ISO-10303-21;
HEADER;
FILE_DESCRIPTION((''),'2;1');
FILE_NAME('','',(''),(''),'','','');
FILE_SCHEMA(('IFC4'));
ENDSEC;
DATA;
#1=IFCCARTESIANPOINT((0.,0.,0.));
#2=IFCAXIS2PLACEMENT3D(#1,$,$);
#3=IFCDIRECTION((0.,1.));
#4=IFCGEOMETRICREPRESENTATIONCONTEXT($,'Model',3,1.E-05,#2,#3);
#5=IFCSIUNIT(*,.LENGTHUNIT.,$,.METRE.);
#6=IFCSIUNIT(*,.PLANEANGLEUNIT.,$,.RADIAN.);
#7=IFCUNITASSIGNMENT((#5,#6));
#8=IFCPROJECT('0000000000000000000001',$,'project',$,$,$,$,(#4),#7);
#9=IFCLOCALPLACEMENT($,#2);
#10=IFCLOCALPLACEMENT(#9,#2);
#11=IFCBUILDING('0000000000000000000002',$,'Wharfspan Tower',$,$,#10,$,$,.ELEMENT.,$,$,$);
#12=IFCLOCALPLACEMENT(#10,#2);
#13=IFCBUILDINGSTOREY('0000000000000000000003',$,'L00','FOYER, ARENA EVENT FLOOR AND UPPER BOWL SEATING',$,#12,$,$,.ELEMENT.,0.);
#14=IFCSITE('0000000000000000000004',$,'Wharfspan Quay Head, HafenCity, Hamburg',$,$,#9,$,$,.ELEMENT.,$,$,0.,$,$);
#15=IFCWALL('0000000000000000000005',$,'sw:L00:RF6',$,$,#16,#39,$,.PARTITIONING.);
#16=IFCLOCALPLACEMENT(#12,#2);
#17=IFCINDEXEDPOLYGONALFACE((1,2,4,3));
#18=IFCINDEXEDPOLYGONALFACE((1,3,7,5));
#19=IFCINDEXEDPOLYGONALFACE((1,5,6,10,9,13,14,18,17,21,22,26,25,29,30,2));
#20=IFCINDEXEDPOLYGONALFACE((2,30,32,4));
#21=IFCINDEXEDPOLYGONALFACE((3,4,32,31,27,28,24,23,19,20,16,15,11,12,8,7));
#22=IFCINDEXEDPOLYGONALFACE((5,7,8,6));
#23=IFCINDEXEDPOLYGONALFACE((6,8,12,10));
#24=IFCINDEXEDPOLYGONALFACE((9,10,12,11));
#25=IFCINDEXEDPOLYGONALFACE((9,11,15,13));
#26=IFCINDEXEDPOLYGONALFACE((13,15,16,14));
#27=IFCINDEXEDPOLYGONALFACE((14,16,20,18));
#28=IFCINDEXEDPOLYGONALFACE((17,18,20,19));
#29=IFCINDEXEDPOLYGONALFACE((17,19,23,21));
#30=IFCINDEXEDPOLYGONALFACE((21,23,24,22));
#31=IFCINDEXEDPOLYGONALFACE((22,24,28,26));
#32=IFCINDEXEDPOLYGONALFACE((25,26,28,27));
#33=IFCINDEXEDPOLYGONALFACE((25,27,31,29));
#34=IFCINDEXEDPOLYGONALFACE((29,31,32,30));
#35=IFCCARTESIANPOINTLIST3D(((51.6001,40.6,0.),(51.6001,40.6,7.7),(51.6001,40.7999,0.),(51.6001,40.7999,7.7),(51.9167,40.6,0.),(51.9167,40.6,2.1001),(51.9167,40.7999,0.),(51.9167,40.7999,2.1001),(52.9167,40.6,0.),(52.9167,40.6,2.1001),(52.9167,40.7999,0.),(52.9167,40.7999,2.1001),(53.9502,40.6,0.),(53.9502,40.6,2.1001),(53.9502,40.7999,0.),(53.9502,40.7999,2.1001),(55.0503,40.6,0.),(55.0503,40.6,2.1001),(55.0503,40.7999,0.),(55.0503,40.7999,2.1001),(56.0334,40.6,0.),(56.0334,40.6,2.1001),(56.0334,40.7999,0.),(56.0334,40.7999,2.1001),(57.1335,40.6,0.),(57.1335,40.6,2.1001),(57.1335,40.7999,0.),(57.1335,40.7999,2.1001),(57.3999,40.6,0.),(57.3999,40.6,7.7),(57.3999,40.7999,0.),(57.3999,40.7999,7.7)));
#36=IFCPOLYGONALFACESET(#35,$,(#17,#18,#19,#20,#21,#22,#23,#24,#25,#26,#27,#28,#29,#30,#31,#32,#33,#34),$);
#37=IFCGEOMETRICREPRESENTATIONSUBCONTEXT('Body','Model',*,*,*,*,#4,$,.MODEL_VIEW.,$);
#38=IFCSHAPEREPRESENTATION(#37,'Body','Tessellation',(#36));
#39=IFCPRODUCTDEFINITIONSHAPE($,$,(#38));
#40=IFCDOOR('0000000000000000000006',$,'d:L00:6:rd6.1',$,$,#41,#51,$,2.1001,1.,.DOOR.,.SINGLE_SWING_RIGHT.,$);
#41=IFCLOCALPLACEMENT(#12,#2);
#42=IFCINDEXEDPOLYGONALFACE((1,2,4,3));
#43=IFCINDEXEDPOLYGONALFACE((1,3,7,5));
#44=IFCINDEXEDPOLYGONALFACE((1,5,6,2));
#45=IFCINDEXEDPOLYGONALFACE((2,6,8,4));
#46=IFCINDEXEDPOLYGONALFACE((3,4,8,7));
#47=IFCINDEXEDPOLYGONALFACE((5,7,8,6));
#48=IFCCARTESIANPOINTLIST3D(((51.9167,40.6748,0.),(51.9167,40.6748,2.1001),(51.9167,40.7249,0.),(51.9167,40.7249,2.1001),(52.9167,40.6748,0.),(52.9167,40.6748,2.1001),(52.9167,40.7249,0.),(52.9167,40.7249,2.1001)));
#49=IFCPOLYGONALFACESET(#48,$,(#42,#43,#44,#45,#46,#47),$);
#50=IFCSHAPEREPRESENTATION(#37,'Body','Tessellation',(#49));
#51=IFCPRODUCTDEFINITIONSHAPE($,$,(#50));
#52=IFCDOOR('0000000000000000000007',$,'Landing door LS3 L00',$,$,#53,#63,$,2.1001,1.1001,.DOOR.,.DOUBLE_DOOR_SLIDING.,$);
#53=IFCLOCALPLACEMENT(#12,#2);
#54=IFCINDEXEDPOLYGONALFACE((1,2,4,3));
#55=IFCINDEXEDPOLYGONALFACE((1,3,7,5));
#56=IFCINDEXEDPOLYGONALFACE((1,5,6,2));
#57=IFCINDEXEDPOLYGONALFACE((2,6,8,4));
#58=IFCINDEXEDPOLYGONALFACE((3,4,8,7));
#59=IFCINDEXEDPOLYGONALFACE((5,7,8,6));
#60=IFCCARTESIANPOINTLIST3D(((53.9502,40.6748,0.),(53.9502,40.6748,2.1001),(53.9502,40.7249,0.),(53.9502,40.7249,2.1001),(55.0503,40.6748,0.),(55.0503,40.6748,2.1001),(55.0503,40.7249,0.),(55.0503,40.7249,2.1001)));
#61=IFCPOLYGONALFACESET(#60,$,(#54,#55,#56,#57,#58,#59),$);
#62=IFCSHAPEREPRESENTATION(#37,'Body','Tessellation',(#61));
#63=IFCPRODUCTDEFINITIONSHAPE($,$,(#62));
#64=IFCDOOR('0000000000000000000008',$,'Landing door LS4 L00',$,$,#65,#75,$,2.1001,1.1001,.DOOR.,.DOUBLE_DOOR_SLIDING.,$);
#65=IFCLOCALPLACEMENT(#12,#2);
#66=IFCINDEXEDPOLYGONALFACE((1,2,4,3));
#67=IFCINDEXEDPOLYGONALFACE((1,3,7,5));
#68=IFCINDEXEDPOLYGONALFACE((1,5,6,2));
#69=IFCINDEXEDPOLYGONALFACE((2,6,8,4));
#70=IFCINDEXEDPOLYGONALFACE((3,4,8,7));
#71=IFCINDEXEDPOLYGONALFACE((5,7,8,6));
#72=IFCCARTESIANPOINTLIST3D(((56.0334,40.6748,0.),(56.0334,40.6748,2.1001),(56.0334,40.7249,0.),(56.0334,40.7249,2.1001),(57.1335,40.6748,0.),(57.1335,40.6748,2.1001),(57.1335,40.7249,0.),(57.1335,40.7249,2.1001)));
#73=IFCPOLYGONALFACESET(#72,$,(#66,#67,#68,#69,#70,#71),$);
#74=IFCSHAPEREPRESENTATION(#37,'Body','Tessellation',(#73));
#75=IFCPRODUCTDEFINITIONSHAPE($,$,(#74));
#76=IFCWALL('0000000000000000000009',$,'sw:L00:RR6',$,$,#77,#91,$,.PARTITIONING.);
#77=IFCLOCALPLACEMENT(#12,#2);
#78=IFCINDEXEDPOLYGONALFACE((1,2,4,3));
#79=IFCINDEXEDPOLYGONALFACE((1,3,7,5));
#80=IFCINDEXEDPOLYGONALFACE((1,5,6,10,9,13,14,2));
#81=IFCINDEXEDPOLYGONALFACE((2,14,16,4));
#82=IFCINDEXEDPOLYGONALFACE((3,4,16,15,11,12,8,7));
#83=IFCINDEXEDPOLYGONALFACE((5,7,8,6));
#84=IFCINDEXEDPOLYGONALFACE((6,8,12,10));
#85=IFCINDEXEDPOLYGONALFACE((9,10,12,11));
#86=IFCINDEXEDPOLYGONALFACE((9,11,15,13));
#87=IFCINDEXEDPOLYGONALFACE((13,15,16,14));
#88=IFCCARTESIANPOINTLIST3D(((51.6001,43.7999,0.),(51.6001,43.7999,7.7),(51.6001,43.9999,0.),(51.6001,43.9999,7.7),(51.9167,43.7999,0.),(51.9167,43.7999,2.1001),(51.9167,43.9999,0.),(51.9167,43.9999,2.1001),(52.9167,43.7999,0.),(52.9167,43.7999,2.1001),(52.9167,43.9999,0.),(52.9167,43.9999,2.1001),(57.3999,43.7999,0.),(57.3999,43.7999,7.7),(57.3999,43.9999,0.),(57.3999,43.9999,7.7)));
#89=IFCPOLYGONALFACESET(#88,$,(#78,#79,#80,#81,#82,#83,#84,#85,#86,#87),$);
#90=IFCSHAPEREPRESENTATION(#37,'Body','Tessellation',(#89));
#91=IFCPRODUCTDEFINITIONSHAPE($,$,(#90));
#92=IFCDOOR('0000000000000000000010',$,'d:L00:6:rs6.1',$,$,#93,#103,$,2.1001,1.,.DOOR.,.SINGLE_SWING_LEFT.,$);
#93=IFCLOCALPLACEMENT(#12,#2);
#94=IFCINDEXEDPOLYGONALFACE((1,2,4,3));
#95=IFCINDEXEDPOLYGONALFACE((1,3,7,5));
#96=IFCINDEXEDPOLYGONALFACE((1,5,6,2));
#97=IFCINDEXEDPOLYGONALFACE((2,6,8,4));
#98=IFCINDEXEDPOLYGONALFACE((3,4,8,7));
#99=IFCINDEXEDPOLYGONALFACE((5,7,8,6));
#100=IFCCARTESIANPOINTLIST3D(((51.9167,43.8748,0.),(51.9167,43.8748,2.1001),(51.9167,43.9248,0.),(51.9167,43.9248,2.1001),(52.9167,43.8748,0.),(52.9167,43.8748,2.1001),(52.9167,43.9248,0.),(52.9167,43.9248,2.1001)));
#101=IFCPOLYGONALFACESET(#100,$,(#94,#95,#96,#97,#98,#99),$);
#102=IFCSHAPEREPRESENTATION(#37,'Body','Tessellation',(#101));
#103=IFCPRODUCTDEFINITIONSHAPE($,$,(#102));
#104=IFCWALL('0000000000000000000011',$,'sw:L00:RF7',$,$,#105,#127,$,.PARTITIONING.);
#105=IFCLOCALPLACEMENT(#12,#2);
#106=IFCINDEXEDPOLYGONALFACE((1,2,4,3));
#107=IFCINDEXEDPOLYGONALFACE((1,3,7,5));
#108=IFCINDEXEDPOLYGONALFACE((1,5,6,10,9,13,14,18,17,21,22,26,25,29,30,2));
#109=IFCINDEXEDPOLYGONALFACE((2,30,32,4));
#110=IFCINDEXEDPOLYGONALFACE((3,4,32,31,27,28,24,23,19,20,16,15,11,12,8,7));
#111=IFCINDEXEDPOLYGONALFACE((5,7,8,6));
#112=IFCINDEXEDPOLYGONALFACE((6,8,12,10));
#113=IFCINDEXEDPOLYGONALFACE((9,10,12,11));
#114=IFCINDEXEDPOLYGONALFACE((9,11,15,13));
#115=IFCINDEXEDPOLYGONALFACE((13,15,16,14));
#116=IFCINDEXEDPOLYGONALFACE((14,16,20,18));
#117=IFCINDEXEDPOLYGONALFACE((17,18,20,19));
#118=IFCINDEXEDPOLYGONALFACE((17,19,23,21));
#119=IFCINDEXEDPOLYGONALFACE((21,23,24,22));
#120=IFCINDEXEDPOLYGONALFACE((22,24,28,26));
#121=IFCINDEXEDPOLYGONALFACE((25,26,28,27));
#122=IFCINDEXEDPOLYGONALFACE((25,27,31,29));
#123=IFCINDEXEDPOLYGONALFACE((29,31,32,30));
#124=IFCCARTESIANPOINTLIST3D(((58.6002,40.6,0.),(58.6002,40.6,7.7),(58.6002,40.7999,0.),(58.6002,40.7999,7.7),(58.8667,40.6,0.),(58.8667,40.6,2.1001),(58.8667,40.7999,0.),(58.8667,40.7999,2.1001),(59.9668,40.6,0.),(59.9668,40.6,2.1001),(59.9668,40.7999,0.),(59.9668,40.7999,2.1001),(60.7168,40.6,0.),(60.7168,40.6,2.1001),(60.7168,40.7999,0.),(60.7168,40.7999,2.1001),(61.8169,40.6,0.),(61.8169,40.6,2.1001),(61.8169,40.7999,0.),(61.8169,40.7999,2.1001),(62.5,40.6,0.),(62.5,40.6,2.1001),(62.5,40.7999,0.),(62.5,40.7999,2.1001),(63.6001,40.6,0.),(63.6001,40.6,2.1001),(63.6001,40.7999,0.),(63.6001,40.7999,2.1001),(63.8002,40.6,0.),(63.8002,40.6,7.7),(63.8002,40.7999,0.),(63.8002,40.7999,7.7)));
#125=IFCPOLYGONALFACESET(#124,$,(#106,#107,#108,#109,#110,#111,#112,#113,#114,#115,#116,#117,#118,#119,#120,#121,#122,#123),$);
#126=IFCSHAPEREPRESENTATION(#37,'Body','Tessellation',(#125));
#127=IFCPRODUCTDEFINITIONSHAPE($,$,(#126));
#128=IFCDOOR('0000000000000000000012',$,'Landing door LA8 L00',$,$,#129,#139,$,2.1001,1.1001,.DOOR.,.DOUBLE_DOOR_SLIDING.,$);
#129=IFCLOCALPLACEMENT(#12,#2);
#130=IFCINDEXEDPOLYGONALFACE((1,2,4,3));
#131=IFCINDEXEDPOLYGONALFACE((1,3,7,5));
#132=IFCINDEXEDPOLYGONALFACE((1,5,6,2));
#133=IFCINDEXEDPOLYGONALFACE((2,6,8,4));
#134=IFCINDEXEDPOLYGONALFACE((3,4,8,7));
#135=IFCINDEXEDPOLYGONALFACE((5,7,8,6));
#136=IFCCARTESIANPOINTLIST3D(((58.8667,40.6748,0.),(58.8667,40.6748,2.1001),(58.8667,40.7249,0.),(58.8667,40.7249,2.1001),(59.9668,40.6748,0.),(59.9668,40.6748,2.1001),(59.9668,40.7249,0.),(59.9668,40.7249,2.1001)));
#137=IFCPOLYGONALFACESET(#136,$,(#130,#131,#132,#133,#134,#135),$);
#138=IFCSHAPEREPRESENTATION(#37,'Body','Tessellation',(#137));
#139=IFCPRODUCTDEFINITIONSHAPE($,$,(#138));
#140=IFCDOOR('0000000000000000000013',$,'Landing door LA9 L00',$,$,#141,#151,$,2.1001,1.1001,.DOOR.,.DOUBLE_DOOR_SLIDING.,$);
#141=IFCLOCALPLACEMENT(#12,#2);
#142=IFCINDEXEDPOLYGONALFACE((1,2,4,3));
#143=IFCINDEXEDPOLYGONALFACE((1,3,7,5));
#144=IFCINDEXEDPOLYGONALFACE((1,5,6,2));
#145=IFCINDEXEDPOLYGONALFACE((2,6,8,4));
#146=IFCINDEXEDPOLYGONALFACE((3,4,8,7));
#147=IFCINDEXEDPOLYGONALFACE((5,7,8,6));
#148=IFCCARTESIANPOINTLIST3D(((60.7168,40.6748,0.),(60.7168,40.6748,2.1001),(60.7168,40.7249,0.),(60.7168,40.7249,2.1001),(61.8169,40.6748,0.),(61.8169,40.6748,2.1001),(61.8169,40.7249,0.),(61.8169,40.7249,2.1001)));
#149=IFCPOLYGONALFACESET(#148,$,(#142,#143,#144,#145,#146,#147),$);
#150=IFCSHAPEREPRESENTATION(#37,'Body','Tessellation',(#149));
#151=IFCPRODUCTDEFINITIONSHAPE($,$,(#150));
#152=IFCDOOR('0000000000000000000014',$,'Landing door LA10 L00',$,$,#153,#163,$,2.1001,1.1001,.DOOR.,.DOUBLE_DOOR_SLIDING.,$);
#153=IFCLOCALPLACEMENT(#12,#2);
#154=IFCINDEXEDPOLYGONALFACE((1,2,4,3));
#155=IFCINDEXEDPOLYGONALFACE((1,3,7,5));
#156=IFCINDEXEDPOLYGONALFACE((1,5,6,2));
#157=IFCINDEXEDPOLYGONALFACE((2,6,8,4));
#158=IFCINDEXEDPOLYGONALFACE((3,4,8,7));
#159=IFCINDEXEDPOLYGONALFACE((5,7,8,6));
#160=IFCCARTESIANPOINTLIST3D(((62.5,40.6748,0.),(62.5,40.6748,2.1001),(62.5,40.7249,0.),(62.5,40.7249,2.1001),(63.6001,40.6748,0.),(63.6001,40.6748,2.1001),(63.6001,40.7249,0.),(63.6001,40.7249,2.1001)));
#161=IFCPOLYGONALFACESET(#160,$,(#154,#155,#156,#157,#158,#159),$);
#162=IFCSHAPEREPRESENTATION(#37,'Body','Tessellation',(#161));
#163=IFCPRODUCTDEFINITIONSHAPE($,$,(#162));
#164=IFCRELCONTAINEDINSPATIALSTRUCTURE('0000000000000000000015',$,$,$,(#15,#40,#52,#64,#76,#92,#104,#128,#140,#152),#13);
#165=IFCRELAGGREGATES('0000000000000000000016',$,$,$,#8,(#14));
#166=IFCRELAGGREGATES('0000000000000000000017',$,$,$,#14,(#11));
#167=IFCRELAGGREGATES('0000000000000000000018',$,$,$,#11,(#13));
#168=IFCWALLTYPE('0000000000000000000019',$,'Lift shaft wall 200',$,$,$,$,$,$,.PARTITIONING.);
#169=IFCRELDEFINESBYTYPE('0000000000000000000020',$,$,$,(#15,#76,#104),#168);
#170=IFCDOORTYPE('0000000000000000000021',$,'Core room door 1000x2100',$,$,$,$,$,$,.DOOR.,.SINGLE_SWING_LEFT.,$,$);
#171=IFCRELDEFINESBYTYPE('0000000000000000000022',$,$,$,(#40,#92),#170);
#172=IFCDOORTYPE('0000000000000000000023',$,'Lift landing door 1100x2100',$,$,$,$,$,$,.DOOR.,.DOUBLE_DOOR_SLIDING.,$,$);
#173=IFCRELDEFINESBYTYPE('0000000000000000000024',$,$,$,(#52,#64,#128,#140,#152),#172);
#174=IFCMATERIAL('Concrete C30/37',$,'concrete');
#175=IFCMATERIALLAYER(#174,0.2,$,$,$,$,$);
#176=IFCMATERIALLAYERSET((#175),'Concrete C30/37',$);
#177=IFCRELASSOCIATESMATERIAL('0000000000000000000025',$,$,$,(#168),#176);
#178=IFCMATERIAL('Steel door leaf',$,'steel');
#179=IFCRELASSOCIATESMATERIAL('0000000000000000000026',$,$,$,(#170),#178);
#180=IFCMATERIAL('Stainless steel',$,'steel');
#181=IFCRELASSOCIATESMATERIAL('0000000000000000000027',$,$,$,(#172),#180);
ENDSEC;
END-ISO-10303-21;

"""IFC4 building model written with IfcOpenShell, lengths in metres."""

from ifc_helpers import new_model, si_unit, direction, frame, frame_2d, origin, place, context, subcontext, project, spatial, rectangle, extrude, material, layer, layer_set, type_object, element, fill, save


model = new_model("IFC4")

# Units and contexts
model_context = context("Model", 3, precision=1e-05, world=origin(), true_north=direction((0.0, 1.0)))
body_context = subcontext(model_context, "Body", "Model", "MODEL_VIEW")
ifc_project = project(units=[si_unit("LENGTHUNIT", "METRE"), si_unit("PLANEANGLEUNIT", "RADIAN")], contexts=[model_context])

# Site, building, storey
site_placement = place(None, origin())
site = spatial("IfcSite", under=ifc_project, at=site_placement, Name="Wharfspan Quay Head, HafenCity, Hamburg", CompositionType="ELEMENT", RefElevation=0.0)
building_placement = place(site_placement, origin())
building = spatial("IfcBuilding", under=site, at=building_placement, Name="Wharfspan Tower", CompositionType="ELEMENT")
storey_placement = place(building_placement, origin())
storey = spatial("IfcBuildingStorey", under=building, at=storey_placement, Name="L00", Description="FOYER, ARENA EVENT FLOOR AND UPPER BOWL SEATING", CompositionType="ELEMENT", Elevation=0.0)

# Wall, openings, doors
ifc_material_1 = material(Name="Concrete C30/37", Category="concrete")
ifc_layer = layer(ifc_material_1, 0.2)
ifc_layer_set = layer_set([ifc_layer], Name="Concrete C30/37")
wall_type = type_object("IfcWallType", Name="Lift shaft wall 200", PredefinedType="PARTITIONING", material=ifc_layer_set)
wall_1_placement = place(storey_placement, frame((51.6001, 40.7, 0.0), z_axis=(0.0, 0.0, 1.0), x_axis=(1.0, 0.0, 0.0)))
wall_1 = element("IfcWall", 1, at=wall_1_placement, inside=storey, type_object=wall_type, Name="sw:L00:RF6", PredefinedType="PARTITIONING", context=body_context, shape_type="SweptSolid", body=[
    extrude(rectangle(XDim=5.7998, YDim=0.2, at=frame_2d((2.8999, 0.0))), origin(), (0.0, 0.0, 1.0), 7.7),
])
opening_1_placement = place(wall_1_placement, frame((0.3166, 0.0, 0.0)))
opening_1 = element("IfcOpeningElement", 2, at=opening_1_placement, cuts=wall_1, PredefinedType="OPENING", context=body_context, shape_type="SweptSolid", body=[
    extrude(rectangle(XDim=1.0, YDim=2.1001, at=frame_2d((0.5, 1.05))), frame((0.0, 0.1099, 0.0), z_axis=(0.0, -1.0, 0.0), x_axis=(1.0, 0.0, 0.0)), (0.0, 0.0, 1.0), 0.22),
])
opening_2_placement = place(wall_1_placement, frame((2.3501, 0.0, 0.0)))
opening_2 = element("IfcOpeningElement", 3, at=opening_2_placement, cuts=wall_1, PredefinedType="OPENING", context=body_context, shape_type="SweptSolid", body=[
    extrude(rectangle(XDim=1.1001, YDim=2.1001, at=frame_2d((0.55, 1.05))), frame((0.0, 0.1099, 0.0), z_axis=(0.0, -1.0, 0.0), x_axis=(1.0, 0.0, 0.0)), (0.0, 0.0, 1.0), 0.22),
])
opening_3_placement = place(wall_1_placement, frame((4.4333, 0.0, 0.0)))
opening_3 = element("IfcOpeningElement", 4, at=opening_3_placement, cuts=wall_1, PredefinedType="OPENING", context=body_context, shape_type="SweptSolid", body=[
    extrude(rectangle(XDim=1.1001, YDim=2.1001, at=frame_2d((0.55, 1.05))), frame((0.0, 0.1099, 0.0), z_axis=(0.0, -1.0, 0.0), x_axis=(1.0, 0.0, 0.0)), (0.0, 0.0, 1.0), 0.22),
])
ifc_material_2 = material(Name="Steel door leaf", Category="steel")
door_type_1 = type_object("IfcDoorType", Name="Core room door 1000x2100", OperationType="SINGLE_SWING_LEFT", PredefinedType="DOOR", material=ifc_material_2)
door_1_placement = place(opening_1_placement, origin())
door_1 = element("IfcDoor", 5, at=door_1_placement, inside=storey, type_object=door_type_1, Name="d:L00:6:rd6.1", OperationType="SINGLE_SWING_RIGHT", OverallHeight=2.1001, OverallWidth=1.0, PredefinedType="DOOR", context=body_context, shape_type="SweptSolid", body=[
    extrude(rectangle(XDim=1.0, YDim=2.1001, at=frame_2d((0.5, 1.05))), frame((0.0, 0.0249, 0.0), z_axis=(0.0, -1.0, 0.0), x_axis=(1.0, 0.0, 0.0)), (0.0, 0.0, 1.0), 0.05),
])
fill(opening_1, door_1)
ifc_material_3 = material(Name="Stainless steel", Category="steel")
door_type_2 = type_object("IfcDoorType", Name="Lift landing door 1100x2100", OperationType="DOUBLE_DOOR_SLIDING", PredefinedType="DOOR", material=ifc_material_3)
door_2_placement = place(opening_2_placement, origin())
door_2 = element("IfcDoor", 6, at=door_2_placement, inside=storey, type_object=door_type_2, Name="Landing door LS3 L00", OperationType="DOUBLE_DOOR_SLIDING", OverallHeight=2.1001, OverallWidth=1.1001, PredefinedType="DOOR", context=body_context, shape_type="SweptSolid", body=[
    extrude(rectangle(XDim=1.1001, YDim=2.1001, at=frame_2d((0.55, 1.05))), frame((0.0, 0.0249, 0.0), z_axis=(0.0, -1.0, 0.0), x_axis=(1.0, 0.0, 0.0)), (0.0, 0.0, 1.0), 0.05),
])
fill(opening_2, door_2)
door_3_placement = place(opening_3_placement, origin())
door_3 = element("IfcDoor", 7, at=door_3_placement, inside=storey, type_object=door_type_2, Name="Landing door LS4 L00", OperationType="DOUBLE_DOOR_SLIDING", OverallHeight=2.1001, OverallWidth=1.1001, PredefinedType="DOOR", context=body_context, shape_type="SweptSolid", body=[
    extrude(rectangle(XDim=1.1001, YDim=2.1001, at=frame_2d((0.55, 1.05))), frame((0.0, 0.0249, 0.0), z_axis=(0.0, -1.0, 0.0), x_axis=(1.0, 0.0, 0.0)), (0.0, 0.0, 1.0), 0.05),
])
fill(opening_3, door_3)

# Wall, opening, door
wall_2_placement = place(storey_placement, frame((51.6001, 43.8999, 0.0), z_axis=(0.0, 0.0, 1.0), x_axis=(1.0, 0.0, 0.0)))
wall_2 = element("IfcWall", 8, at=wall_2_placement, inside=storey, type_object=wall_type, Name="sw:L00:RR6", PredefinedType="PARTITIONING", context=body_context, shape_type="SweptSolid", body=[
    extrude(rectangle(XDim=5.7998, YDim=0.2, at=frame_2d((2.8999, 0.0))), origin(), (0.0, 0.0, 1.0), 7.7),
])
opening_4_placement = place(wall_2_placement, frame((0.3166, 0.0, 0.0)))
opening_4 = element("IfcOpeningElement", 9, at=opening_4_placement, cuts=wall_2, PredefinedType="OPENING", context=body_context, shape_type="SweptSolid", body=[
    extrude(rectangle(XDim=1.0, YDim=2.1001, at=frame_2d((0.5, 1.05))), frame((0.0, 0.1099, 0.0), z_axis=(0.0, -1.0, 0.0), x_axis=(1.0, 0.0, 0.0)), (0.0, 0.0, 1.0), 0.22),
])
door_4_placement = place(opening_4_placement, origin())
door_4 = element("IfcDoor", 10, at=door_4_placement, inside=storey, type_object=door_type_1, Name="d:L00:6:rs6.1", OperationType="SINGLE_SWING_LEFT", OverallHeight=2.1001, OverallWidth=1.0, PredefinedType="DOOR", context=body_context, shape_type="SweptSolid", body=[
    extrude(rectangle(XDim=1.0, YDim=2.1001, at=frame_2d((0.5, 1.05))), frame((0.0, 0.0249, 0.0), z_axis=(0.0, -1.0, 0.0), x_axis=(1.0, 0.0, 0.0)), (0.0, 0.0, 1.0), 0.05),
])
fill(opening_4, door_4)

# Wall, openings, doors
wall_3_placement = place(storey_placement, frame((58.6001, 40.7, 0.0), z_axis=(0.0, 0.0, 1.0), x_axis=(1.0, 0.0, 0.0)))
wall_3 = element("IfcWall", 11, at=wall_3_placement, inside=storey, type_object=wall_type, Name="sw:L00:RF7", PredefinedType="PARTITIONING", context=body_context, shape_type="SweptSolid", body=[
    extrude(rectangle(XDim=5.2, YDim=0.2, at=frame_2d((2.6001, 0.0))), origin(), (0.0, 0.0, 1.0), 7.7),
])
opening_5_placement = place(wall_3_placement, frame((0.2666, 0.0, 0.0)))
opening_5 = element("IfcOpeningElement", 12, at=opening_5_placement, cuts=wall_3, PredefinedType="OPENING", context=body_context, shape_type="SweptSolid", body=[
    extrude(rectangle(XDim=1.1001, YDim=2.1001, at=frame_2d((0.55, 1.05))), frame((0.0, 0.1099, 0.0), z_axis=(0.0, -1.0, 0.0), x_axis=(1.0, 0.0, 0.0)), (0.0, 0.0, 1.0), 0.22),
])
opening_6_placement = place(wall_3_placement, frame((2.1167, 0.0, 0.0)))
opening_6 = element("IfcOpeningElement", 13, at=opening_6_placement, cuts=wall_3, PredefinedType="OPENING", context=body_context, shape_type="SweptSolid", body=[
    extrude(rectangle(XDim=1.1001, YDim=2.1001, at=frame_2d((0.55, 1.05))), frame((0.0, 0.1099, 0.0), z_axis=(0.0, -1.0, 0.0), x_axis=(1.0, 0.0, 0.0)), (0.0, 0.0, 1.0), 0.22),
])
opening_7_placement = place(wall_3_placement, frame((3.8999, 0.0, 0.0)))
opening_7 = element("IfcOpeningElement", 14, at=opening_7_placement, cuts=wall_3, PredefinedType="OPENING", context=body_context, shape_type="SweptSolid", body=[
    extrude(rectangle(XDim=1.1001, YDim=2.1001, at=frame_2d((0.55, 1.05))), frame((0.0, 0.1099, 0.0), z_axis=(0.0, -1.0, 0.0), x_axis=(1.0, 0.0, 0.0)), (0.0, 0.0, 1.0), 0.22),
])
door_5_placement = place(opening_5_placement, origin())
door_5 = element("IfcDoor", 15, at=door_5_placement, inside=storey, type_object=door_type_2, Name="Landing door LA8 L00", OperationType="DOUBLE_DOOR_SLIDING", OverallHeight=2.1001, OverallWidth=1.1001, PredefinedType="DOOR", context=body_context, shape_type="SweptSolid", body=[
    extrude(rectangle(XDim=1.1001, YDim=2.1001, at=frame_2d((0.55, 1.05))), frame((0.0, 0.0249, 0.0), z_axis=(0.0, -1.0, 0.0), x_axis=(1.0, 0.0, 0.0)), (0.0, 0.0, 1.0), 0.05),
])
fill(opening_5, door_5)
door_6_placement = place(opening_6_placement, origin())
door_6 = element("IfcDoor", 16, at=door_6_placement, inside=storey, type_object=door_type_2, Name="Landing door LA9 L00", OperationType="DOUBLE_DOOR_SLIDING", OverallHeight=2.1001, OverallWidth=1.1001, PredefinedType="DOOR", context=body_context, shape_type="SweptSolid", body=[
    extrude(rectangle(XDim=1.1001, YDim=2.1001, at=frame_2d((0.55, 1.05))), frame((0.0, 0.0249, 0.0), z_axis=(0.0, -1.0, 0.0), x_axis=(1.0, 0.0, 0.0)), (0.0, 0.0, 1.0), 0.05),
])
fill(opening_6, door_6)
door_7_placement = place(opening_7_placement, origin())
door_7 = element("IfcDoor", 17, at=door_7_placement, inside=storey, type_object=door_type_2, Name="Landing door LA10 L00", OperationType="DOUBLE_DOOR_SLIDING", OverallHeight=2.1001, OverallWidth=1.1001, PredefinedType="DOOR", context=body_context, shape_type="SweptSolid", body=[
    extrude(rectangle(XDim=1.1001, YDim=2.1001, at=frame_2d((0.55, 1.05))), frame((0.0, 0.0249, 0.0), z_axis=(0.0, -1.0, 0.0), x_axis=(1.0, 0.0, 0.0)), (0.0, 0.0, 1.0), 0.05),
])
fill(opening_7, door_7)

save(model, "model.ifc")
